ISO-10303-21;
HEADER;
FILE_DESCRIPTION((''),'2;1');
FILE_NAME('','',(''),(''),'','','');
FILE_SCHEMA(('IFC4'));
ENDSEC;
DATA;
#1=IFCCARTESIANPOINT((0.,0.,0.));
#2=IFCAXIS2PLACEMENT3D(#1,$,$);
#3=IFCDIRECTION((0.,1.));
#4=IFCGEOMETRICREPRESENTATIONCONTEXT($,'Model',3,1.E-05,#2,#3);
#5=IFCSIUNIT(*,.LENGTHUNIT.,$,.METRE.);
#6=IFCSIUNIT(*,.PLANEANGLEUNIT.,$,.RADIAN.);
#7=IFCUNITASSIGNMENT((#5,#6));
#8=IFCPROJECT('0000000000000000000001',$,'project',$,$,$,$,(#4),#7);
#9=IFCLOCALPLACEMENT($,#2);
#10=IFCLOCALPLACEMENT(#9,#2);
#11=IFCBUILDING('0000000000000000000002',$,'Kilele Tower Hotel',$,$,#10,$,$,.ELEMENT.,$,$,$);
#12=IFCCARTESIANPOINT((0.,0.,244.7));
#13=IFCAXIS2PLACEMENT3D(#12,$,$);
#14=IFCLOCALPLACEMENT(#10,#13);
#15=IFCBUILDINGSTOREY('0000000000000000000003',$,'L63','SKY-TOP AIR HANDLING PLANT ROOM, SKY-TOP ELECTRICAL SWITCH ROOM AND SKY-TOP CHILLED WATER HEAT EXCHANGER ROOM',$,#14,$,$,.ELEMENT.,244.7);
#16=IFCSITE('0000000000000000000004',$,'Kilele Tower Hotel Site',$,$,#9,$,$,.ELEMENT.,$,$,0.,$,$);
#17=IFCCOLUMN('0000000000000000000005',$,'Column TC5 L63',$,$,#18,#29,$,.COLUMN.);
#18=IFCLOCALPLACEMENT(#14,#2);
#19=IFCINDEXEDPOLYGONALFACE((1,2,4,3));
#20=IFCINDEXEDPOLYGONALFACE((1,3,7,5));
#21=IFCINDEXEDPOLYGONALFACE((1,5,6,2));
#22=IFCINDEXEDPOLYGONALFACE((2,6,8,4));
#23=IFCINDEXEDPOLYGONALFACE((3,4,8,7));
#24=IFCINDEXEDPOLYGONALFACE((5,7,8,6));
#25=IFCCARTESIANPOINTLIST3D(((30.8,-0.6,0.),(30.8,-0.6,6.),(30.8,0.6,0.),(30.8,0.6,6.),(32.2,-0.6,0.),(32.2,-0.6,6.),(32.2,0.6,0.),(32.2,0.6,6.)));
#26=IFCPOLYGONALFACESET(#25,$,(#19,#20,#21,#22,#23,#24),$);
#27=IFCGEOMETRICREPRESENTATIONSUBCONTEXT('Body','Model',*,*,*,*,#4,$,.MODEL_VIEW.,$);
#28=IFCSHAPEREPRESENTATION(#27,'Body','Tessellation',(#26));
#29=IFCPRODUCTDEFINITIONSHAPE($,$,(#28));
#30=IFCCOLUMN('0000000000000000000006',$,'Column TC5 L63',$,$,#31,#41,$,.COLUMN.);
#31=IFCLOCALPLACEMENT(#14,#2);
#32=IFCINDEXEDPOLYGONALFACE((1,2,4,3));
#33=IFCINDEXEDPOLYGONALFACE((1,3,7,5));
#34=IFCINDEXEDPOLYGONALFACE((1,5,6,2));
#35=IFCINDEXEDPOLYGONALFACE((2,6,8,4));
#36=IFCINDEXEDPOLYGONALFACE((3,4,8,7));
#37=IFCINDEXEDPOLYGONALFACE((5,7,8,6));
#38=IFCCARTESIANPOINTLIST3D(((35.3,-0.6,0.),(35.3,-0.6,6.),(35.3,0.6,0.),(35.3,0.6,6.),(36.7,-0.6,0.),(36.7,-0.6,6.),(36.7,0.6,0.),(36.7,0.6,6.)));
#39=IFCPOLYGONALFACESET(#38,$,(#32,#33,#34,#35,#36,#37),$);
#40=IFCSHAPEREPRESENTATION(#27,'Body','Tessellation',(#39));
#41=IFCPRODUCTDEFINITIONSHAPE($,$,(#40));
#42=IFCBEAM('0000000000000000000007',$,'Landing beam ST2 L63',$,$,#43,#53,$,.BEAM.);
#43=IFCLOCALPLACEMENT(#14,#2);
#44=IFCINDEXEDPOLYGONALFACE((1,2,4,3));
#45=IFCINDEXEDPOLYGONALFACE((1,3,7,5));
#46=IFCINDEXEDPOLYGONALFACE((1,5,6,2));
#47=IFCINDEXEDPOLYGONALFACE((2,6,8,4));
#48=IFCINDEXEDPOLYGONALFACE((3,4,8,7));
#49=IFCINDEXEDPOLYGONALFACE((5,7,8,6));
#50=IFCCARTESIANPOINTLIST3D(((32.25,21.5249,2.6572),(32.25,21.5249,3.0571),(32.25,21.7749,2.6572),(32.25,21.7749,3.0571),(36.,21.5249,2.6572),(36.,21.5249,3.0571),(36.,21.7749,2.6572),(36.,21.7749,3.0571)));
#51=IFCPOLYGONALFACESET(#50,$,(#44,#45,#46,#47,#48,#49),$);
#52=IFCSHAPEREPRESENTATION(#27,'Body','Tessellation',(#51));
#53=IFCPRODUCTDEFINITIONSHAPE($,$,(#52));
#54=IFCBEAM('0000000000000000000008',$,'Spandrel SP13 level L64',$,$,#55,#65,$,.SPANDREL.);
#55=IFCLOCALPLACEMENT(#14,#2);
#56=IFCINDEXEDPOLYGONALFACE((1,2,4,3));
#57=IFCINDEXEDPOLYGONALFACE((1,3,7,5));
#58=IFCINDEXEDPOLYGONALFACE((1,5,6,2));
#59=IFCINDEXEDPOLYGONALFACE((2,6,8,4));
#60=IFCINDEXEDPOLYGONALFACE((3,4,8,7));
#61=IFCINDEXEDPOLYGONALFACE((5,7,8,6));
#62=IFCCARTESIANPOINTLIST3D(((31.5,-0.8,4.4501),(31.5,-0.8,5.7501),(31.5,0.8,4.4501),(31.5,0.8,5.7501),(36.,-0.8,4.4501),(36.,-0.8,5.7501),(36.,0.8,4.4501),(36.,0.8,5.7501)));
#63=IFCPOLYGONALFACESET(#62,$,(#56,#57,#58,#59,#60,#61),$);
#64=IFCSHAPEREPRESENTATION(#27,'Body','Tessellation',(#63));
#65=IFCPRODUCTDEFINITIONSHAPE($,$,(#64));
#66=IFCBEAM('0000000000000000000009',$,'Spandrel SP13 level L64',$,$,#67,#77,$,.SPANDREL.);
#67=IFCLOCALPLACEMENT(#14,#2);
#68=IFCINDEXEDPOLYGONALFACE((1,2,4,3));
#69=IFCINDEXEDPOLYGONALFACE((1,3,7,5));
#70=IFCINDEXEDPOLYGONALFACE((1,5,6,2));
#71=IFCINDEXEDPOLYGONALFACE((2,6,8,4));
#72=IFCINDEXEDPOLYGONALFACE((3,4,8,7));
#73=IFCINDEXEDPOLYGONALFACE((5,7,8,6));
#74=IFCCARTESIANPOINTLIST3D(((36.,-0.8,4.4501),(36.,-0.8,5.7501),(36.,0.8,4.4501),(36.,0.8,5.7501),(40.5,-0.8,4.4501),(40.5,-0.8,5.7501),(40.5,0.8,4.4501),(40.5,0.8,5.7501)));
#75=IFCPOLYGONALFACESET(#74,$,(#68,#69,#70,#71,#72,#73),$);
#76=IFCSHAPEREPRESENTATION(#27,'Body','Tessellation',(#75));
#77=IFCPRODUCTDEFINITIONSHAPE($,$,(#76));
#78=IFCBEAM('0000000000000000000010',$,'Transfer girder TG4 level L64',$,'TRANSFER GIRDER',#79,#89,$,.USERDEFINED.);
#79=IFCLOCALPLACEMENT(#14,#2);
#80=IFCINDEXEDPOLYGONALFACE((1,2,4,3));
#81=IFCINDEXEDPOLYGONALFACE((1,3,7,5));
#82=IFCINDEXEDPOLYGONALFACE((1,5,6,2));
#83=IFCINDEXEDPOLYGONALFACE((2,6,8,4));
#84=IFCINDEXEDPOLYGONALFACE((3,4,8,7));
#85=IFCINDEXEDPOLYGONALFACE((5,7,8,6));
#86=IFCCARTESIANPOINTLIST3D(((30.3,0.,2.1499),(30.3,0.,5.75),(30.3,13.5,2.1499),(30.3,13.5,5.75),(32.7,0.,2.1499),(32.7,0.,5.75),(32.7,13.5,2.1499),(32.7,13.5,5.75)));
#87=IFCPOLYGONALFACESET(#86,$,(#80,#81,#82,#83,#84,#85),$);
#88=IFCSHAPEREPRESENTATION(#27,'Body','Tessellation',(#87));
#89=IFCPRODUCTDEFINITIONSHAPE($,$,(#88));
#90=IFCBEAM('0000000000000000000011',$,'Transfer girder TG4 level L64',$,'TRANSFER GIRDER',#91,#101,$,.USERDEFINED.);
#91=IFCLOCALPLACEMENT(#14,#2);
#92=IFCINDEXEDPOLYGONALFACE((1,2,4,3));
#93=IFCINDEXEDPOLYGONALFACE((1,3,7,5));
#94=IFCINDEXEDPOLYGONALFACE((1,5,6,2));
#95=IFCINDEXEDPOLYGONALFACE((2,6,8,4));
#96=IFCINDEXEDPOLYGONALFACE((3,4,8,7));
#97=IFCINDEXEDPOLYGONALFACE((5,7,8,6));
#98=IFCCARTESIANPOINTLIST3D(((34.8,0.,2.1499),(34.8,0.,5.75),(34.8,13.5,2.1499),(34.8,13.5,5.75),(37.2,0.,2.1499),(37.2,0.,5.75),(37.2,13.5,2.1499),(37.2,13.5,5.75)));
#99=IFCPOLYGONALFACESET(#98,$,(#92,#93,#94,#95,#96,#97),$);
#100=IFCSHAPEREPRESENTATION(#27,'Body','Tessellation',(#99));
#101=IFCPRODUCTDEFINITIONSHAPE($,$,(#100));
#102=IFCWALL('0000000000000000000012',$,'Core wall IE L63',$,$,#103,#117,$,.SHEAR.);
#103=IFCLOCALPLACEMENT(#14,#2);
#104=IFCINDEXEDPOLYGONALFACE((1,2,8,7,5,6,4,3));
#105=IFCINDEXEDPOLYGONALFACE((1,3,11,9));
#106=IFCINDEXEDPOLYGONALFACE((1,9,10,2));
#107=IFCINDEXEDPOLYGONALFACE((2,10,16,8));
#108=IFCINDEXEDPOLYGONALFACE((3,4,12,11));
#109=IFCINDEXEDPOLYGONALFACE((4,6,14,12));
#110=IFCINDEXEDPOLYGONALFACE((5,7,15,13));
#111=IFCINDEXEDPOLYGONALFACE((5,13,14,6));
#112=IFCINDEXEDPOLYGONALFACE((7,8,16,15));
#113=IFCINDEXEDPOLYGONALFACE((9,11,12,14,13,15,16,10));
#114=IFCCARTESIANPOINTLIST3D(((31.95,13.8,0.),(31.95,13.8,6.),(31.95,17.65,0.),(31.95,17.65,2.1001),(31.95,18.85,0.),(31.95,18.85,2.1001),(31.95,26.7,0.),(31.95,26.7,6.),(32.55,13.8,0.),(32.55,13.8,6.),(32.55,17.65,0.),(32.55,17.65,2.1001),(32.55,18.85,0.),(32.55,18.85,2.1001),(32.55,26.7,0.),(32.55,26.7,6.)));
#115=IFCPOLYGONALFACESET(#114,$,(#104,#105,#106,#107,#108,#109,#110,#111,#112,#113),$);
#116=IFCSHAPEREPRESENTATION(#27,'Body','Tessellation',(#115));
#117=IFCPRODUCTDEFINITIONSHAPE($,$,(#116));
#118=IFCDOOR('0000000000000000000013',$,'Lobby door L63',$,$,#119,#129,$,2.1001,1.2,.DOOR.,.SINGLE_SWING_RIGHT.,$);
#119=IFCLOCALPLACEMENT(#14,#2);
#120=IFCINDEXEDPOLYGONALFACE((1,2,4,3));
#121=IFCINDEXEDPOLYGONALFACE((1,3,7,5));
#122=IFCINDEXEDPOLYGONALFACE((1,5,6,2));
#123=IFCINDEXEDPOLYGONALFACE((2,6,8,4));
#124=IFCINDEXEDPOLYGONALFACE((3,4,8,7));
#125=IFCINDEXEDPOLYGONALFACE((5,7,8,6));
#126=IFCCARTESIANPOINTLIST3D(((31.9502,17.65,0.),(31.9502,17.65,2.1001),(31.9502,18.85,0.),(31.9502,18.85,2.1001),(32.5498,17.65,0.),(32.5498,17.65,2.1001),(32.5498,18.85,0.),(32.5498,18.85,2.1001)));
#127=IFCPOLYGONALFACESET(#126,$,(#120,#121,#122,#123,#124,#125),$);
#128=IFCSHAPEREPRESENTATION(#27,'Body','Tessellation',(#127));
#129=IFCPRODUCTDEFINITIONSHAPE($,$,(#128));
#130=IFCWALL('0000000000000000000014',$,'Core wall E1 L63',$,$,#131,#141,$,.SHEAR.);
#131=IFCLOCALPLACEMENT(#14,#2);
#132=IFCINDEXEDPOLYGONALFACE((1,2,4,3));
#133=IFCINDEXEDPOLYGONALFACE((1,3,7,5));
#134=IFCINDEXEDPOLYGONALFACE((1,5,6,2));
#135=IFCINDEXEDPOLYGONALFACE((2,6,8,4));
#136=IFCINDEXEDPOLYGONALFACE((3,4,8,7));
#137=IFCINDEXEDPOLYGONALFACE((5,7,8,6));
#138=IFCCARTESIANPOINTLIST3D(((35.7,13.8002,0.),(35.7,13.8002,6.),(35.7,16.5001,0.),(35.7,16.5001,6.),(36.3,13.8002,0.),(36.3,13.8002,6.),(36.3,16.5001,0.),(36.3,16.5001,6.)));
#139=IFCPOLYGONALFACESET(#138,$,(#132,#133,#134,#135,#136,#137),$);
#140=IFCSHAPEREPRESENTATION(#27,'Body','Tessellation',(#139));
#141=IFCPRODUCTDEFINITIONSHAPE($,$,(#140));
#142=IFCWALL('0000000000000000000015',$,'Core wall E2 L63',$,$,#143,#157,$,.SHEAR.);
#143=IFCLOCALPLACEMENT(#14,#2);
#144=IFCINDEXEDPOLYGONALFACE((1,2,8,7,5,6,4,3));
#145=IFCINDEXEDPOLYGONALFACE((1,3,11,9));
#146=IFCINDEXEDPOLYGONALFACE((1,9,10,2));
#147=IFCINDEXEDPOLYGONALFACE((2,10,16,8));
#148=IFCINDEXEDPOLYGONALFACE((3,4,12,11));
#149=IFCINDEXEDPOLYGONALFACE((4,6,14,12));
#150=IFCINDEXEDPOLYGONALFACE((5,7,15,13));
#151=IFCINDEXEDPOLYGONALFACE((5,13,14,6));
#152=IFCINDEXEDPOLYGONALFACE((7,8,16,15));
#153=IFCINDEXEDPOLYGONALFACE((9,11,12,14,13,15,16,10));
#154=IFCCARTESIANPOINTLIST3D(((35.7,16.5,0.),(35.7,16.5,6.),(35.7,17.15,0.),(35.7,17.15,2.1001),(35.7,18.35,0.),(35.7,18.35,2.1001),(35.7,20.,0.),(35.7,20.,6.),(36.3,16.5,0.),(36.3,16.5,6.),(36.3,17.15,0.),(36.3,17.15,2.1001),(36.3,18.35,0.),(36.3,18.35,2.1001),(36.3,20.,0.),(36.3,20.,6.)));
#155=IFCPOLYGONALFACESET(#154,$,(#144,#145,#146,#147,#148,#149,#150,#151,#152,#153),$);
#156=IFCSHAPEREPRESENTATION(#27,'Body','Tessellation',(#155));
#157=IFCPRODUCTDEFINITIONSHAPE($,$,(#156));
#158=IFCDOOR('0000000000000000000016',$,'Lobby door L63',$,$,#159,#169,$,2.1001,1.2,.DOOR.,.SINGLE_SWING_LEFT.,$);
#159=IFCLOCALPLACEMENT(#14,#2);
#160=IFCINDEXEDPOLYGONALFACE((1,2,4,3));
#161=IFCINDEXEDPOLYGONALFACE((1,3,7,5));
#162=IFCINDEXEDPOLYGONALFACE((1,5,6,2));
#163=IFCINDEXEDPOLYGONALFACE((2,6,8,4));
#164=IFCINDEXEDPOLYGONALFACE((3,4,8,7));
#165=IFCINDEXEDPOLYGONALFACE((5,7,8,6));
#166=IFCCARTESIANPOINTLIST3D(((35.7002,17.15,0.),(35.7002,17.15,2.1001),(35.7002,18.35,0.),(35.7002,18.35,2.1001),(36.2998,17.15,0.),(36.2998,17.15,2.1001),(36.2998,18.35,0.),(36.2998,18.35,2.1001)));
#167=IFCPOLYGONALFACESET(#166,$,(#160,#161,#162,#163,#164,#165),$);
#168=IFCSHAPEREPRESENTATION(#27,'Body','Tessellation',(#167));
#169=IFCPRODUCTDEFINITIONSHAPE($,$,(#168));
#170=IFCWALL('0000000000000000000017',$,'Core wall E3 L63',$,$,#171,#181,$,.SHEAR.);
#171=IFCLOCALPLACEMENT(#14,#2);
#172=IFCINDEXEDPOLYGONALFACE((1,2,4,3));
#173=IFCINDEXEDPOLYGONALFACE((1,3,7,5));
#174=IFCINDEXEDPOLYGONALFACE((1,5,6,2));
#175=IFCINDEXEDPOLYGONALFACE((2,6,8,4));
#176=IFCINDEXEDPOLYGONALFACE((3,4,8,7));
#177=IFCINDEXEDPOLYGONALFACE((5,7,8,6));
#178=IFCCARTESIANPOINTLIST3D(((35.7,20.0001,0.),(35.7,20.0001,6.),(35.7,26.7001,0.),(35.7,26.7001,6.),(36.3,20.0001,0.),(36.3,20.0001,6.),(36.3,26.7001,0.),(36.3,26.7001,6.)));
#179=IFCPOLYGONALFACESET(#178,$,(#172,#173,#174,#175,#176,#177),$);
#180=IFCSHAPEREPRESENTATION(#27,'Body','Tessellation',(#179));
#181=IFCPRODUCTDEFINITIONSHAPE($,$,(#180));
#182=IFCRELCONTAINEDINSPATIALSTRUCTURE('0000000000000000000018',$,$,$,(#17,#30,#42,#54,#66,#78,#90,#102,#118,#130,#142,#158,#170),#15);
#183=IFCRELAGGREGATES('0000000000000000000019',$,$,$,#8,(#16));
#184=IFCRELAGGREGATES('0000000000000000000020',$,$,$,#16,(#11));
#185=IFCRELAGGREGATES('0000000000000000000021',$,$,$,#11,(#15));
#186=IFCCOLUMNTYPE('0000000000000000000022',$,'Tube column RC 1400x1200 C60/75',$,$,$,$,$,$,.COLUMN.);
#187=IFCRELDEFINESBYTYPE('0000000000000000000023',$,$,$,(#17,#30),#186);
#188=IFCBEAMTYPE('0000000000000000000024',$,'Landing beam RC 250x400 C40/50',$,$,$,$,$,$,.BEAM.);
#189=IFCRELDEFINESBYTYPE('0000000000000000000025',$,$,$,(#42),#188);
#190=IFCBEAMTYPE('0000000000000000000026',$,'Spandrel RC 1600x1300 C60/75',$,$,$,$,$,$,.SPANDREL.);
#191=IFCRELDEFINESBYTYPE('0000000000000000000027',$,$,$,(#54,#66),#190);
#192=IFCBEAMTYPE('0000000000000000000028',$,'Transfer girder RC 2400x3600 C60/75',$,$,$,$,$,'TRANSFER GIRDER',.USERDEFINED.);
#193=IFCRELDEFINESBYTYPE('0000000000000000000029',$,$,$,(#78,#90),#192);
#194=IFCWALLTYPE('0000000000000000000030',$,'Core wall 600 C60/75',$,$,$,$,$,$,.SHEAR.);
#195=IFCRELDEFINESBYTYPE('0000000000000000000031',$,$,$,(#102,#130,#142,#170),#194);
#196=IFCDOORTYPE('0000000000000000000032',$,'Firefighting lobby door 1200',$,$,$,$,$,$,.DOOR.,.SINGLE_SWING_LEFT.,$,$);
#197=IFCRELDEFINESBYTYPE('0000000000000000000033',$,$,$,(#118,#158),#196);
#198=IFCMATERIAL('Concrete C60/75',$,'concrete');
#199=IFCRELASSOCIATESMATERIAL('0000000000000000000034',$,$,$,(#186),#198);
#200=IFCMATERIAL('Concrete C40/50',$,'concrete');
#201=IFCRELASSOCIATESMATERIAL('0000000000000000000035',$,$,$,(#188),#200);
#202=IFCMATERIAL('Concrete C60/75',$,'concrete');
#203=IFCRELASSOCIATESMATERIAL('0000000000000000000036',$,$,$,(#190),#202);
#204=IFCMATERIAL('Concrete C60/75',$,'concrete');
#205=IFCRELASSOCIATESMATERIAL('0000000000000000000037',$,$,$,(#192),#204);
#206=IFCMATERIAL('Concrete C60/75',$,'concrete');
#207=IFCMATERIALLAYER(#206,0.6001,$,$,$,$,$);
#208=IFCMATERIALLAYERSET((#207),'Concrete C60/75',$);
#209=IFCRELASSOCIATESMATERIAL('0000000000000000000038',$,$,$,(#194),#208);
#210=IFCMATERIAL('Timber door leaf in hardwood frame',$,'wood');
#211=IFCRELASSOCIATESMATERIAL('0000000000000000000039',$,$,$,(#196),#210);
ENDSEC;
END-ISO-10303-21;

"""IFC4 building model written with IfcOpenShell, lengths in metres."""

from ifc_helpers import new_model, si_unit, direction, frame, frame_2d, origin, origin_2d, place, context, subcontext, project, spatial, rectangle, extrude, material, layer, layer_set, material_profile, profile_set, type_object, element, fill, save


model = new_model("IFC4")

# Units and contexts
model_context = context("Model", 3, precision=1e-05, world=origin(), true_north=direction((0.0, 1.0)))
body_context = subcontext(model_context, "Body", "Model", "MODEL_VIEW")
ifc_project = project(units=[si_unit("LENGTHUNIT", "METRE"), si_unit("PLANEANGLEUNIT", "RADIAN")], contexts=[model_context])

# Site, building, storey
site_placement = place(None, origin())
site = spatial("IfcSite", under=ifc_project, at=site_placement, Name="Kilele Tower Hotel Site", CompositionType="ELEMENT", RefElevation=0.0)
building_placement = place(site_placement, origin())
building = spatial("IfcBuilding", under=site, at=building_placement, Name="Kilele Tower Hotel", CompositionType="ELEMENT")
storey_placement = place(building_placement, frame((0.0, 0.0, 244.7)))
storey = spatial("IfcBuildingStorey", under=building, at=storey_placement, Name="L63", Description="SKY-TOP AIR HANDLING PLANT ROOM, SKY-TOP ELECTRICAL SWITCH ROOM AND SKY-TOP CHILLED WATER HEAT EXCHANGER ROOM", CompositionType="ELEMENT", Elevation=244.7)

# Columns
ifc_material_1 = material(Name="Concrete C60/75", Category="concrete")
ifc_material_profile_1 = material_profile(ifc_material_1, rectangle(XDim=1.3999, YDim=1.2, at=origin_2d()))
ifc_profile_set_1 = profile_set([ifc_material_profile_1], Name="Concrete C60/75")
column_type = type_object("IfcColumnType", Name="Tube column RC 1400x1200 C60/75", PredefinedType="COLUMN", material=ifc_profile_set_1)
for number, where, z_axis, x_axis, name in (
    (1, (31.5, 0.0, 0.0), (0.0, 0.0, 1.0), (1.0, 0.0, 0.0), "Column TC5 L63"),
    (2, (36.0, 0.0, 0.0), (0.0, 0.0, 1.0), (1.0, 0.0, 0.0), "Column TC5 L63"),
):
    element("IfcColumn", number, at=place(storey_placement, frame(where, z_axis=z_axis, x_axis=x_axis)), inside=storey, type_object=column_type, Name=name, PredefinedType="COLUMN", context=body_context, shape_type="SweptSolid", body=[
        extrude(rectangle(XDim=1.3999, YDim=1.2, at=origin_2d()), origin(), (0.0, 0.0, 1.0), 6.0),
    ])

# Beams
ifc_material_2 = material(Name="Concrete C40/50", Category="concrete")
ifc_material_profile_2 = material_profile(ifc_material_2, rectangle(XDim=0.25, YDim=0.3999, at=origin_2d()))
ifc_profile_set_2 = profile_set([ifc_material_profile_2], Name="Concrete C40/50")
beam_type_1 = type_object("IfcBeamType", Name="Landing beam RC 250x400 C40/50", PredefinedType="BEAM", material=ifc_profile_set_2)
beam_placement = place(storey_placement, frame((32.25, 21.6499, 2.8572), z_axis=(1.0, 0.0, 0.0), x_axis=(0.0, 1.0, 0.0)))
element("IfcBeam", 3, at=beam_placement, inside=storey, type_object=beam_type_1, Name="Landing beam ST2 L63", PredefinedType="BEAM", context=body_context, shape_type="SweptSolid", body=[
    extrude(rectangle(XDim=0.25, YDim=0.3999, at=origin_2d()), origin(), (0.0, 0.0, 1.0), 3.75),
])
ifc_material_3 = material(Name="Concrete C60/75", Category="concrete")
ifc_material_profile_3 = material_profile(ifc_material_3, rectangle(XDim=1.6001, YDim=1.3, at=origin_2d()))
ifc_profile_set_3 = profile_set([ifc_material_profile_3], Name="Concrete C60/75")
beam_type_2 = type_object("IfcBeamType", Name="Spandrel RC 1600x1300 C60/75", PredefinedType="SPANDREL", material=ifc_profile_set_3)
for number, where, z_axis, x_axis, name in (
    (4, (31.5, 0.0, 5.1001), (1.0, 0.0, 0.0), (0.0, 1.0, 0.0), "Spandrel SP13 level L64"),
    (5, (36.0, 0.0, 5.1001), (1.0, 0.0, 0.0), (0.0, 1.0, 0.0), "Spandrel SP13 level L64"),
):
    element("IfcBeam", number, at=place(storey_placement, frame(where, z_axis=z_axis, x_axis=x_axis)), inside=storey, type_object=beam_type_2, Name=name, PredefinedType="SPANDREL", context=body_context, shape_type="SweptSolid", body=[
        extrude(rectangle(XDim=1.6001, YDim=1.3, at=origin_2d()), origin(), (0.0, 0.0, 1.0), 4.5),
    ])
ifc_material_4 = material(Name="Concrete C60/75", Category="concrete")
ifc_material_profile_4 = material_profile(ifc_material_4, rectangle(XDim=2.3999, YDim=3.6001, at=origin_2d()))
ifc_profile_set_4 = profile_set([ifc_material_profile_4], Name="Concrete C60/75")
beam_type_3 = type_object("IfcBeamType", Name="Transfer girder RC 2400x3600 C60/75", ElementType="TRANSFER GIRDER", PredefinedType="USERDEFINED", material=ifc_profile_set_4)
for number, where, z_axis, x_axis, name in (
    (6, (31.5, 0.0, 3.95), (0.0, 1.0, 0.0), (-1.0, 0.0, 0.0), "Transfer girder TG4 level L64"),
    (7, (36.0, 0.0, 3.95), (0.0, 1.0, 0.0), (-1.0, 0.0, 0.0), "Transfer girder TG4 level L64"),
):
    element("IfcBeam", number, at=place(storey_placement, frame(where, z_axis=z_axis, x_axis=x_axis)), inside=storey, type_object=beam_type_3, Name=name, ObjectType="TRANSFER GIRDER", PredefinedType="USERDEFINED", context=body_context, shape_type="SweptSolid", body=[
        extrude(rectangle(XDim=2.3999, YDim=3.6001, at=origin_2d()), origin(), (0.0, 0.0, 1.0), 13.5),
    ])

# Wall, opening, door
ifc_material_5 = material(Name="Concrete C60/75", Category="concrete")
ifc_layer_1 = layer(ifc_material_5, 0.6001)
ifc_layer_set_1 = layer_set([ifc_layer_1], Name="Concrete C60/75")
wall_type_1 = type_object("IfcWallType", Name="Core wall 600 C60/75", PredefinedType="SHEAR", material=ifc_layer_set_1)
wall_1_placement = place(storey_placement, frame((32.25, 13.8, 0.0), z_axis=(0.0, 0.0, 1.0), x_axis=(0.0, 1.0, 0.0)))
wall_1 = element("IfcWall", 8, at=wall_1_placement, inside=storey, type_object=wall_type_1, Name="Core wall IE L63", PredefinedType="SHEAR", context=body_context, shape_type="SweptSolid", body=[
    extrude(rectangle(XDim=12.8999, YDim=0.6001, at=frame_2d((6.45, 0.0))), origin(), (0.0, 0.0, 1.0), 6.0),
])
opening_1_placement = place(wall_1_placement, frame((5.05, 0.0, 0.0), z_axis=(0.0, 0.0, 1.0), x_axis=(-1.0, 0.0, 0.0)))
opening_1 = element("IfcOpeningElement", 9, at=opening_1_placement, cuts=wall_1, PredefinedType="OPENING", context=body_context, shape_type="SweptSolid", body=[
    extrude(rectangle(XDim=1.2, YDim=2.1001, at=frame_2d((0.6001, 1.05))), frame((0.0, 0.3101, 0.0), z_axis=(0.0, -1.0, 0.0), x_axis=(1.0, 0.0, 0.0)), (0.0, 0.0, 1.0), 0.6201),
])
ifc_material_6 = material(Name="Timber door leaf in hardwood frame", Category="wood")
door_type_1 = type_object("IfcDoorType", Name="Firefighting lobby door 1200", OperationType="SINGLE_SWING_LEFT", PredefinedType="DOOR", material=ifc_material_6)
door_1_placement = place(opening_1_placement, origin())
door_1 = element("IfcDoor", 10, at=door_1_placement, inside=storey, type_object=door_type_1, Name="Lobby door L63", OperationType="SINGLE_SWING_RIGHT", OverallHeight=2.1001, OverallWidth=1.2, PredefinedType="DOOR", context=body_context, shape_type="SweptSolid", body=[
    extrude(rectangle(XDim=1.2, YDim=2.1001, at=frame_2d((0.6001, 1.05))), frame((0.0, 0.2998, 0.0), z_axis=(0.0, -1.0, 0.0), x_axis=(1.0, 0.0, 0.0)), (0.0, 0.0, 1.0), 0.5996),
])
fill(opening_1, door_1)

# Wall
wall_2_placement = place(storey_placement, frame((36.0, 13.8, 0.0), z_axis=(0.0, 0.0, 1.0), x_axis=(0.0, 1.0, 0.0)))
element("IfcWall", 11, at=wall_2_placement, inside=storey, type_object=wall_type_1, Name="Core wall E1 L63", PredefinedType="SHEAR", context=body_context, shape_type="SweptSolid", body=[
    extrude(rectangle(XDim=2.7, YDim=0.6001, at=frame_2d((1.3501, 0.0))), origin(), (0.0, 0.0, 1.0), 6.0),
])

# Wall, opening, door
wall_3_placement = place(storey_placement, frame((36.0, 16.5, 0.0), z_axis=(0.0, 0.0, 1.0), x_axis=(0.0, 1.0, 0.0)))
wall_3 = element("IfcWall", 12, at=wall_3_placement, inside=storey, type_object=wall_type_1, Name="Core wall E2 L63", PredefinedType="SHEAR", context=body_context, shape_type="SweptSolid", body=[
    extrude(rectangle(XDim=3.5, YDim=0.6001, at=frame_2d((1.75, 0.0))), origin(), (0.0, 0.0, 1.0), 6.0),
])
opening_2_placement = place(wall_3_placement, frame((0.6499, 0.0, 0.0)))
opening_2 = element("IfcOpeningElement", 13, at=opening_2_placement, cuts=wall_3, PredefinedType="OPENING", context=body_context, shape_type="SweptSolid", body=[
    extrude(rectangle(XDim=1.2, YDim=2.1001, at=frame_2d((0.6001, 1.05))), frame((0.0, 0.3101, 0.0), z_axis=(0.0, -1.0, 0.0), x_axis=(1.0, 0.0, 0.0)), (0.0, 0.0, 1.0), 0.6201),
])
door_2_placement = place(opening_2_placement, origin())
door_2 = element("IfcDoor", 14, at=door_2_placement, inside=storey, type_object=door_type_1, Name="Lobby door L63", OperationType="SINGLE_SWING_LEFT", OverallHeight=2.1001, OverallWidth=1.2, PredefinedType="DOOR", context=body_context, shape_type="SweptSolid", body=[
    extrude(rectangle(XDim=1.2, YDim=2.1001, at=frame_2d((0.6001, 1.05))), frame((0.0, 0.2998, 0.0), z_axis=(0.0, -1.0, 0.0), x_axis=(1.0, 0.0, 0.0)), (0.0, 0.0, 1.0), 0.5996),
])
fill(opening_2, door_2)

# Wall
wall_4_placement = place(storey_placement, frame((36.0, 20.0, 0.0), z_axis=(0.0, 0.0, 1.0), x_axis=(0.0, 1.0, 0.0)))
element("IfcWall", 15, at=wall_4_placement, inside=storey, type_object=wall_type_1, Name="Core wall E3 L63", PredefinedType="SHEAR", context=body_context, shape_type="SweptSolid", body=[
    extrude(rectangle(XDim=6.7, YDim=0.6001, at=frame_2d((3.3501, 0.0))), origin(), (0.0, 0.0, 1.0), 6.0),
])

save(model, "model.ifc")
